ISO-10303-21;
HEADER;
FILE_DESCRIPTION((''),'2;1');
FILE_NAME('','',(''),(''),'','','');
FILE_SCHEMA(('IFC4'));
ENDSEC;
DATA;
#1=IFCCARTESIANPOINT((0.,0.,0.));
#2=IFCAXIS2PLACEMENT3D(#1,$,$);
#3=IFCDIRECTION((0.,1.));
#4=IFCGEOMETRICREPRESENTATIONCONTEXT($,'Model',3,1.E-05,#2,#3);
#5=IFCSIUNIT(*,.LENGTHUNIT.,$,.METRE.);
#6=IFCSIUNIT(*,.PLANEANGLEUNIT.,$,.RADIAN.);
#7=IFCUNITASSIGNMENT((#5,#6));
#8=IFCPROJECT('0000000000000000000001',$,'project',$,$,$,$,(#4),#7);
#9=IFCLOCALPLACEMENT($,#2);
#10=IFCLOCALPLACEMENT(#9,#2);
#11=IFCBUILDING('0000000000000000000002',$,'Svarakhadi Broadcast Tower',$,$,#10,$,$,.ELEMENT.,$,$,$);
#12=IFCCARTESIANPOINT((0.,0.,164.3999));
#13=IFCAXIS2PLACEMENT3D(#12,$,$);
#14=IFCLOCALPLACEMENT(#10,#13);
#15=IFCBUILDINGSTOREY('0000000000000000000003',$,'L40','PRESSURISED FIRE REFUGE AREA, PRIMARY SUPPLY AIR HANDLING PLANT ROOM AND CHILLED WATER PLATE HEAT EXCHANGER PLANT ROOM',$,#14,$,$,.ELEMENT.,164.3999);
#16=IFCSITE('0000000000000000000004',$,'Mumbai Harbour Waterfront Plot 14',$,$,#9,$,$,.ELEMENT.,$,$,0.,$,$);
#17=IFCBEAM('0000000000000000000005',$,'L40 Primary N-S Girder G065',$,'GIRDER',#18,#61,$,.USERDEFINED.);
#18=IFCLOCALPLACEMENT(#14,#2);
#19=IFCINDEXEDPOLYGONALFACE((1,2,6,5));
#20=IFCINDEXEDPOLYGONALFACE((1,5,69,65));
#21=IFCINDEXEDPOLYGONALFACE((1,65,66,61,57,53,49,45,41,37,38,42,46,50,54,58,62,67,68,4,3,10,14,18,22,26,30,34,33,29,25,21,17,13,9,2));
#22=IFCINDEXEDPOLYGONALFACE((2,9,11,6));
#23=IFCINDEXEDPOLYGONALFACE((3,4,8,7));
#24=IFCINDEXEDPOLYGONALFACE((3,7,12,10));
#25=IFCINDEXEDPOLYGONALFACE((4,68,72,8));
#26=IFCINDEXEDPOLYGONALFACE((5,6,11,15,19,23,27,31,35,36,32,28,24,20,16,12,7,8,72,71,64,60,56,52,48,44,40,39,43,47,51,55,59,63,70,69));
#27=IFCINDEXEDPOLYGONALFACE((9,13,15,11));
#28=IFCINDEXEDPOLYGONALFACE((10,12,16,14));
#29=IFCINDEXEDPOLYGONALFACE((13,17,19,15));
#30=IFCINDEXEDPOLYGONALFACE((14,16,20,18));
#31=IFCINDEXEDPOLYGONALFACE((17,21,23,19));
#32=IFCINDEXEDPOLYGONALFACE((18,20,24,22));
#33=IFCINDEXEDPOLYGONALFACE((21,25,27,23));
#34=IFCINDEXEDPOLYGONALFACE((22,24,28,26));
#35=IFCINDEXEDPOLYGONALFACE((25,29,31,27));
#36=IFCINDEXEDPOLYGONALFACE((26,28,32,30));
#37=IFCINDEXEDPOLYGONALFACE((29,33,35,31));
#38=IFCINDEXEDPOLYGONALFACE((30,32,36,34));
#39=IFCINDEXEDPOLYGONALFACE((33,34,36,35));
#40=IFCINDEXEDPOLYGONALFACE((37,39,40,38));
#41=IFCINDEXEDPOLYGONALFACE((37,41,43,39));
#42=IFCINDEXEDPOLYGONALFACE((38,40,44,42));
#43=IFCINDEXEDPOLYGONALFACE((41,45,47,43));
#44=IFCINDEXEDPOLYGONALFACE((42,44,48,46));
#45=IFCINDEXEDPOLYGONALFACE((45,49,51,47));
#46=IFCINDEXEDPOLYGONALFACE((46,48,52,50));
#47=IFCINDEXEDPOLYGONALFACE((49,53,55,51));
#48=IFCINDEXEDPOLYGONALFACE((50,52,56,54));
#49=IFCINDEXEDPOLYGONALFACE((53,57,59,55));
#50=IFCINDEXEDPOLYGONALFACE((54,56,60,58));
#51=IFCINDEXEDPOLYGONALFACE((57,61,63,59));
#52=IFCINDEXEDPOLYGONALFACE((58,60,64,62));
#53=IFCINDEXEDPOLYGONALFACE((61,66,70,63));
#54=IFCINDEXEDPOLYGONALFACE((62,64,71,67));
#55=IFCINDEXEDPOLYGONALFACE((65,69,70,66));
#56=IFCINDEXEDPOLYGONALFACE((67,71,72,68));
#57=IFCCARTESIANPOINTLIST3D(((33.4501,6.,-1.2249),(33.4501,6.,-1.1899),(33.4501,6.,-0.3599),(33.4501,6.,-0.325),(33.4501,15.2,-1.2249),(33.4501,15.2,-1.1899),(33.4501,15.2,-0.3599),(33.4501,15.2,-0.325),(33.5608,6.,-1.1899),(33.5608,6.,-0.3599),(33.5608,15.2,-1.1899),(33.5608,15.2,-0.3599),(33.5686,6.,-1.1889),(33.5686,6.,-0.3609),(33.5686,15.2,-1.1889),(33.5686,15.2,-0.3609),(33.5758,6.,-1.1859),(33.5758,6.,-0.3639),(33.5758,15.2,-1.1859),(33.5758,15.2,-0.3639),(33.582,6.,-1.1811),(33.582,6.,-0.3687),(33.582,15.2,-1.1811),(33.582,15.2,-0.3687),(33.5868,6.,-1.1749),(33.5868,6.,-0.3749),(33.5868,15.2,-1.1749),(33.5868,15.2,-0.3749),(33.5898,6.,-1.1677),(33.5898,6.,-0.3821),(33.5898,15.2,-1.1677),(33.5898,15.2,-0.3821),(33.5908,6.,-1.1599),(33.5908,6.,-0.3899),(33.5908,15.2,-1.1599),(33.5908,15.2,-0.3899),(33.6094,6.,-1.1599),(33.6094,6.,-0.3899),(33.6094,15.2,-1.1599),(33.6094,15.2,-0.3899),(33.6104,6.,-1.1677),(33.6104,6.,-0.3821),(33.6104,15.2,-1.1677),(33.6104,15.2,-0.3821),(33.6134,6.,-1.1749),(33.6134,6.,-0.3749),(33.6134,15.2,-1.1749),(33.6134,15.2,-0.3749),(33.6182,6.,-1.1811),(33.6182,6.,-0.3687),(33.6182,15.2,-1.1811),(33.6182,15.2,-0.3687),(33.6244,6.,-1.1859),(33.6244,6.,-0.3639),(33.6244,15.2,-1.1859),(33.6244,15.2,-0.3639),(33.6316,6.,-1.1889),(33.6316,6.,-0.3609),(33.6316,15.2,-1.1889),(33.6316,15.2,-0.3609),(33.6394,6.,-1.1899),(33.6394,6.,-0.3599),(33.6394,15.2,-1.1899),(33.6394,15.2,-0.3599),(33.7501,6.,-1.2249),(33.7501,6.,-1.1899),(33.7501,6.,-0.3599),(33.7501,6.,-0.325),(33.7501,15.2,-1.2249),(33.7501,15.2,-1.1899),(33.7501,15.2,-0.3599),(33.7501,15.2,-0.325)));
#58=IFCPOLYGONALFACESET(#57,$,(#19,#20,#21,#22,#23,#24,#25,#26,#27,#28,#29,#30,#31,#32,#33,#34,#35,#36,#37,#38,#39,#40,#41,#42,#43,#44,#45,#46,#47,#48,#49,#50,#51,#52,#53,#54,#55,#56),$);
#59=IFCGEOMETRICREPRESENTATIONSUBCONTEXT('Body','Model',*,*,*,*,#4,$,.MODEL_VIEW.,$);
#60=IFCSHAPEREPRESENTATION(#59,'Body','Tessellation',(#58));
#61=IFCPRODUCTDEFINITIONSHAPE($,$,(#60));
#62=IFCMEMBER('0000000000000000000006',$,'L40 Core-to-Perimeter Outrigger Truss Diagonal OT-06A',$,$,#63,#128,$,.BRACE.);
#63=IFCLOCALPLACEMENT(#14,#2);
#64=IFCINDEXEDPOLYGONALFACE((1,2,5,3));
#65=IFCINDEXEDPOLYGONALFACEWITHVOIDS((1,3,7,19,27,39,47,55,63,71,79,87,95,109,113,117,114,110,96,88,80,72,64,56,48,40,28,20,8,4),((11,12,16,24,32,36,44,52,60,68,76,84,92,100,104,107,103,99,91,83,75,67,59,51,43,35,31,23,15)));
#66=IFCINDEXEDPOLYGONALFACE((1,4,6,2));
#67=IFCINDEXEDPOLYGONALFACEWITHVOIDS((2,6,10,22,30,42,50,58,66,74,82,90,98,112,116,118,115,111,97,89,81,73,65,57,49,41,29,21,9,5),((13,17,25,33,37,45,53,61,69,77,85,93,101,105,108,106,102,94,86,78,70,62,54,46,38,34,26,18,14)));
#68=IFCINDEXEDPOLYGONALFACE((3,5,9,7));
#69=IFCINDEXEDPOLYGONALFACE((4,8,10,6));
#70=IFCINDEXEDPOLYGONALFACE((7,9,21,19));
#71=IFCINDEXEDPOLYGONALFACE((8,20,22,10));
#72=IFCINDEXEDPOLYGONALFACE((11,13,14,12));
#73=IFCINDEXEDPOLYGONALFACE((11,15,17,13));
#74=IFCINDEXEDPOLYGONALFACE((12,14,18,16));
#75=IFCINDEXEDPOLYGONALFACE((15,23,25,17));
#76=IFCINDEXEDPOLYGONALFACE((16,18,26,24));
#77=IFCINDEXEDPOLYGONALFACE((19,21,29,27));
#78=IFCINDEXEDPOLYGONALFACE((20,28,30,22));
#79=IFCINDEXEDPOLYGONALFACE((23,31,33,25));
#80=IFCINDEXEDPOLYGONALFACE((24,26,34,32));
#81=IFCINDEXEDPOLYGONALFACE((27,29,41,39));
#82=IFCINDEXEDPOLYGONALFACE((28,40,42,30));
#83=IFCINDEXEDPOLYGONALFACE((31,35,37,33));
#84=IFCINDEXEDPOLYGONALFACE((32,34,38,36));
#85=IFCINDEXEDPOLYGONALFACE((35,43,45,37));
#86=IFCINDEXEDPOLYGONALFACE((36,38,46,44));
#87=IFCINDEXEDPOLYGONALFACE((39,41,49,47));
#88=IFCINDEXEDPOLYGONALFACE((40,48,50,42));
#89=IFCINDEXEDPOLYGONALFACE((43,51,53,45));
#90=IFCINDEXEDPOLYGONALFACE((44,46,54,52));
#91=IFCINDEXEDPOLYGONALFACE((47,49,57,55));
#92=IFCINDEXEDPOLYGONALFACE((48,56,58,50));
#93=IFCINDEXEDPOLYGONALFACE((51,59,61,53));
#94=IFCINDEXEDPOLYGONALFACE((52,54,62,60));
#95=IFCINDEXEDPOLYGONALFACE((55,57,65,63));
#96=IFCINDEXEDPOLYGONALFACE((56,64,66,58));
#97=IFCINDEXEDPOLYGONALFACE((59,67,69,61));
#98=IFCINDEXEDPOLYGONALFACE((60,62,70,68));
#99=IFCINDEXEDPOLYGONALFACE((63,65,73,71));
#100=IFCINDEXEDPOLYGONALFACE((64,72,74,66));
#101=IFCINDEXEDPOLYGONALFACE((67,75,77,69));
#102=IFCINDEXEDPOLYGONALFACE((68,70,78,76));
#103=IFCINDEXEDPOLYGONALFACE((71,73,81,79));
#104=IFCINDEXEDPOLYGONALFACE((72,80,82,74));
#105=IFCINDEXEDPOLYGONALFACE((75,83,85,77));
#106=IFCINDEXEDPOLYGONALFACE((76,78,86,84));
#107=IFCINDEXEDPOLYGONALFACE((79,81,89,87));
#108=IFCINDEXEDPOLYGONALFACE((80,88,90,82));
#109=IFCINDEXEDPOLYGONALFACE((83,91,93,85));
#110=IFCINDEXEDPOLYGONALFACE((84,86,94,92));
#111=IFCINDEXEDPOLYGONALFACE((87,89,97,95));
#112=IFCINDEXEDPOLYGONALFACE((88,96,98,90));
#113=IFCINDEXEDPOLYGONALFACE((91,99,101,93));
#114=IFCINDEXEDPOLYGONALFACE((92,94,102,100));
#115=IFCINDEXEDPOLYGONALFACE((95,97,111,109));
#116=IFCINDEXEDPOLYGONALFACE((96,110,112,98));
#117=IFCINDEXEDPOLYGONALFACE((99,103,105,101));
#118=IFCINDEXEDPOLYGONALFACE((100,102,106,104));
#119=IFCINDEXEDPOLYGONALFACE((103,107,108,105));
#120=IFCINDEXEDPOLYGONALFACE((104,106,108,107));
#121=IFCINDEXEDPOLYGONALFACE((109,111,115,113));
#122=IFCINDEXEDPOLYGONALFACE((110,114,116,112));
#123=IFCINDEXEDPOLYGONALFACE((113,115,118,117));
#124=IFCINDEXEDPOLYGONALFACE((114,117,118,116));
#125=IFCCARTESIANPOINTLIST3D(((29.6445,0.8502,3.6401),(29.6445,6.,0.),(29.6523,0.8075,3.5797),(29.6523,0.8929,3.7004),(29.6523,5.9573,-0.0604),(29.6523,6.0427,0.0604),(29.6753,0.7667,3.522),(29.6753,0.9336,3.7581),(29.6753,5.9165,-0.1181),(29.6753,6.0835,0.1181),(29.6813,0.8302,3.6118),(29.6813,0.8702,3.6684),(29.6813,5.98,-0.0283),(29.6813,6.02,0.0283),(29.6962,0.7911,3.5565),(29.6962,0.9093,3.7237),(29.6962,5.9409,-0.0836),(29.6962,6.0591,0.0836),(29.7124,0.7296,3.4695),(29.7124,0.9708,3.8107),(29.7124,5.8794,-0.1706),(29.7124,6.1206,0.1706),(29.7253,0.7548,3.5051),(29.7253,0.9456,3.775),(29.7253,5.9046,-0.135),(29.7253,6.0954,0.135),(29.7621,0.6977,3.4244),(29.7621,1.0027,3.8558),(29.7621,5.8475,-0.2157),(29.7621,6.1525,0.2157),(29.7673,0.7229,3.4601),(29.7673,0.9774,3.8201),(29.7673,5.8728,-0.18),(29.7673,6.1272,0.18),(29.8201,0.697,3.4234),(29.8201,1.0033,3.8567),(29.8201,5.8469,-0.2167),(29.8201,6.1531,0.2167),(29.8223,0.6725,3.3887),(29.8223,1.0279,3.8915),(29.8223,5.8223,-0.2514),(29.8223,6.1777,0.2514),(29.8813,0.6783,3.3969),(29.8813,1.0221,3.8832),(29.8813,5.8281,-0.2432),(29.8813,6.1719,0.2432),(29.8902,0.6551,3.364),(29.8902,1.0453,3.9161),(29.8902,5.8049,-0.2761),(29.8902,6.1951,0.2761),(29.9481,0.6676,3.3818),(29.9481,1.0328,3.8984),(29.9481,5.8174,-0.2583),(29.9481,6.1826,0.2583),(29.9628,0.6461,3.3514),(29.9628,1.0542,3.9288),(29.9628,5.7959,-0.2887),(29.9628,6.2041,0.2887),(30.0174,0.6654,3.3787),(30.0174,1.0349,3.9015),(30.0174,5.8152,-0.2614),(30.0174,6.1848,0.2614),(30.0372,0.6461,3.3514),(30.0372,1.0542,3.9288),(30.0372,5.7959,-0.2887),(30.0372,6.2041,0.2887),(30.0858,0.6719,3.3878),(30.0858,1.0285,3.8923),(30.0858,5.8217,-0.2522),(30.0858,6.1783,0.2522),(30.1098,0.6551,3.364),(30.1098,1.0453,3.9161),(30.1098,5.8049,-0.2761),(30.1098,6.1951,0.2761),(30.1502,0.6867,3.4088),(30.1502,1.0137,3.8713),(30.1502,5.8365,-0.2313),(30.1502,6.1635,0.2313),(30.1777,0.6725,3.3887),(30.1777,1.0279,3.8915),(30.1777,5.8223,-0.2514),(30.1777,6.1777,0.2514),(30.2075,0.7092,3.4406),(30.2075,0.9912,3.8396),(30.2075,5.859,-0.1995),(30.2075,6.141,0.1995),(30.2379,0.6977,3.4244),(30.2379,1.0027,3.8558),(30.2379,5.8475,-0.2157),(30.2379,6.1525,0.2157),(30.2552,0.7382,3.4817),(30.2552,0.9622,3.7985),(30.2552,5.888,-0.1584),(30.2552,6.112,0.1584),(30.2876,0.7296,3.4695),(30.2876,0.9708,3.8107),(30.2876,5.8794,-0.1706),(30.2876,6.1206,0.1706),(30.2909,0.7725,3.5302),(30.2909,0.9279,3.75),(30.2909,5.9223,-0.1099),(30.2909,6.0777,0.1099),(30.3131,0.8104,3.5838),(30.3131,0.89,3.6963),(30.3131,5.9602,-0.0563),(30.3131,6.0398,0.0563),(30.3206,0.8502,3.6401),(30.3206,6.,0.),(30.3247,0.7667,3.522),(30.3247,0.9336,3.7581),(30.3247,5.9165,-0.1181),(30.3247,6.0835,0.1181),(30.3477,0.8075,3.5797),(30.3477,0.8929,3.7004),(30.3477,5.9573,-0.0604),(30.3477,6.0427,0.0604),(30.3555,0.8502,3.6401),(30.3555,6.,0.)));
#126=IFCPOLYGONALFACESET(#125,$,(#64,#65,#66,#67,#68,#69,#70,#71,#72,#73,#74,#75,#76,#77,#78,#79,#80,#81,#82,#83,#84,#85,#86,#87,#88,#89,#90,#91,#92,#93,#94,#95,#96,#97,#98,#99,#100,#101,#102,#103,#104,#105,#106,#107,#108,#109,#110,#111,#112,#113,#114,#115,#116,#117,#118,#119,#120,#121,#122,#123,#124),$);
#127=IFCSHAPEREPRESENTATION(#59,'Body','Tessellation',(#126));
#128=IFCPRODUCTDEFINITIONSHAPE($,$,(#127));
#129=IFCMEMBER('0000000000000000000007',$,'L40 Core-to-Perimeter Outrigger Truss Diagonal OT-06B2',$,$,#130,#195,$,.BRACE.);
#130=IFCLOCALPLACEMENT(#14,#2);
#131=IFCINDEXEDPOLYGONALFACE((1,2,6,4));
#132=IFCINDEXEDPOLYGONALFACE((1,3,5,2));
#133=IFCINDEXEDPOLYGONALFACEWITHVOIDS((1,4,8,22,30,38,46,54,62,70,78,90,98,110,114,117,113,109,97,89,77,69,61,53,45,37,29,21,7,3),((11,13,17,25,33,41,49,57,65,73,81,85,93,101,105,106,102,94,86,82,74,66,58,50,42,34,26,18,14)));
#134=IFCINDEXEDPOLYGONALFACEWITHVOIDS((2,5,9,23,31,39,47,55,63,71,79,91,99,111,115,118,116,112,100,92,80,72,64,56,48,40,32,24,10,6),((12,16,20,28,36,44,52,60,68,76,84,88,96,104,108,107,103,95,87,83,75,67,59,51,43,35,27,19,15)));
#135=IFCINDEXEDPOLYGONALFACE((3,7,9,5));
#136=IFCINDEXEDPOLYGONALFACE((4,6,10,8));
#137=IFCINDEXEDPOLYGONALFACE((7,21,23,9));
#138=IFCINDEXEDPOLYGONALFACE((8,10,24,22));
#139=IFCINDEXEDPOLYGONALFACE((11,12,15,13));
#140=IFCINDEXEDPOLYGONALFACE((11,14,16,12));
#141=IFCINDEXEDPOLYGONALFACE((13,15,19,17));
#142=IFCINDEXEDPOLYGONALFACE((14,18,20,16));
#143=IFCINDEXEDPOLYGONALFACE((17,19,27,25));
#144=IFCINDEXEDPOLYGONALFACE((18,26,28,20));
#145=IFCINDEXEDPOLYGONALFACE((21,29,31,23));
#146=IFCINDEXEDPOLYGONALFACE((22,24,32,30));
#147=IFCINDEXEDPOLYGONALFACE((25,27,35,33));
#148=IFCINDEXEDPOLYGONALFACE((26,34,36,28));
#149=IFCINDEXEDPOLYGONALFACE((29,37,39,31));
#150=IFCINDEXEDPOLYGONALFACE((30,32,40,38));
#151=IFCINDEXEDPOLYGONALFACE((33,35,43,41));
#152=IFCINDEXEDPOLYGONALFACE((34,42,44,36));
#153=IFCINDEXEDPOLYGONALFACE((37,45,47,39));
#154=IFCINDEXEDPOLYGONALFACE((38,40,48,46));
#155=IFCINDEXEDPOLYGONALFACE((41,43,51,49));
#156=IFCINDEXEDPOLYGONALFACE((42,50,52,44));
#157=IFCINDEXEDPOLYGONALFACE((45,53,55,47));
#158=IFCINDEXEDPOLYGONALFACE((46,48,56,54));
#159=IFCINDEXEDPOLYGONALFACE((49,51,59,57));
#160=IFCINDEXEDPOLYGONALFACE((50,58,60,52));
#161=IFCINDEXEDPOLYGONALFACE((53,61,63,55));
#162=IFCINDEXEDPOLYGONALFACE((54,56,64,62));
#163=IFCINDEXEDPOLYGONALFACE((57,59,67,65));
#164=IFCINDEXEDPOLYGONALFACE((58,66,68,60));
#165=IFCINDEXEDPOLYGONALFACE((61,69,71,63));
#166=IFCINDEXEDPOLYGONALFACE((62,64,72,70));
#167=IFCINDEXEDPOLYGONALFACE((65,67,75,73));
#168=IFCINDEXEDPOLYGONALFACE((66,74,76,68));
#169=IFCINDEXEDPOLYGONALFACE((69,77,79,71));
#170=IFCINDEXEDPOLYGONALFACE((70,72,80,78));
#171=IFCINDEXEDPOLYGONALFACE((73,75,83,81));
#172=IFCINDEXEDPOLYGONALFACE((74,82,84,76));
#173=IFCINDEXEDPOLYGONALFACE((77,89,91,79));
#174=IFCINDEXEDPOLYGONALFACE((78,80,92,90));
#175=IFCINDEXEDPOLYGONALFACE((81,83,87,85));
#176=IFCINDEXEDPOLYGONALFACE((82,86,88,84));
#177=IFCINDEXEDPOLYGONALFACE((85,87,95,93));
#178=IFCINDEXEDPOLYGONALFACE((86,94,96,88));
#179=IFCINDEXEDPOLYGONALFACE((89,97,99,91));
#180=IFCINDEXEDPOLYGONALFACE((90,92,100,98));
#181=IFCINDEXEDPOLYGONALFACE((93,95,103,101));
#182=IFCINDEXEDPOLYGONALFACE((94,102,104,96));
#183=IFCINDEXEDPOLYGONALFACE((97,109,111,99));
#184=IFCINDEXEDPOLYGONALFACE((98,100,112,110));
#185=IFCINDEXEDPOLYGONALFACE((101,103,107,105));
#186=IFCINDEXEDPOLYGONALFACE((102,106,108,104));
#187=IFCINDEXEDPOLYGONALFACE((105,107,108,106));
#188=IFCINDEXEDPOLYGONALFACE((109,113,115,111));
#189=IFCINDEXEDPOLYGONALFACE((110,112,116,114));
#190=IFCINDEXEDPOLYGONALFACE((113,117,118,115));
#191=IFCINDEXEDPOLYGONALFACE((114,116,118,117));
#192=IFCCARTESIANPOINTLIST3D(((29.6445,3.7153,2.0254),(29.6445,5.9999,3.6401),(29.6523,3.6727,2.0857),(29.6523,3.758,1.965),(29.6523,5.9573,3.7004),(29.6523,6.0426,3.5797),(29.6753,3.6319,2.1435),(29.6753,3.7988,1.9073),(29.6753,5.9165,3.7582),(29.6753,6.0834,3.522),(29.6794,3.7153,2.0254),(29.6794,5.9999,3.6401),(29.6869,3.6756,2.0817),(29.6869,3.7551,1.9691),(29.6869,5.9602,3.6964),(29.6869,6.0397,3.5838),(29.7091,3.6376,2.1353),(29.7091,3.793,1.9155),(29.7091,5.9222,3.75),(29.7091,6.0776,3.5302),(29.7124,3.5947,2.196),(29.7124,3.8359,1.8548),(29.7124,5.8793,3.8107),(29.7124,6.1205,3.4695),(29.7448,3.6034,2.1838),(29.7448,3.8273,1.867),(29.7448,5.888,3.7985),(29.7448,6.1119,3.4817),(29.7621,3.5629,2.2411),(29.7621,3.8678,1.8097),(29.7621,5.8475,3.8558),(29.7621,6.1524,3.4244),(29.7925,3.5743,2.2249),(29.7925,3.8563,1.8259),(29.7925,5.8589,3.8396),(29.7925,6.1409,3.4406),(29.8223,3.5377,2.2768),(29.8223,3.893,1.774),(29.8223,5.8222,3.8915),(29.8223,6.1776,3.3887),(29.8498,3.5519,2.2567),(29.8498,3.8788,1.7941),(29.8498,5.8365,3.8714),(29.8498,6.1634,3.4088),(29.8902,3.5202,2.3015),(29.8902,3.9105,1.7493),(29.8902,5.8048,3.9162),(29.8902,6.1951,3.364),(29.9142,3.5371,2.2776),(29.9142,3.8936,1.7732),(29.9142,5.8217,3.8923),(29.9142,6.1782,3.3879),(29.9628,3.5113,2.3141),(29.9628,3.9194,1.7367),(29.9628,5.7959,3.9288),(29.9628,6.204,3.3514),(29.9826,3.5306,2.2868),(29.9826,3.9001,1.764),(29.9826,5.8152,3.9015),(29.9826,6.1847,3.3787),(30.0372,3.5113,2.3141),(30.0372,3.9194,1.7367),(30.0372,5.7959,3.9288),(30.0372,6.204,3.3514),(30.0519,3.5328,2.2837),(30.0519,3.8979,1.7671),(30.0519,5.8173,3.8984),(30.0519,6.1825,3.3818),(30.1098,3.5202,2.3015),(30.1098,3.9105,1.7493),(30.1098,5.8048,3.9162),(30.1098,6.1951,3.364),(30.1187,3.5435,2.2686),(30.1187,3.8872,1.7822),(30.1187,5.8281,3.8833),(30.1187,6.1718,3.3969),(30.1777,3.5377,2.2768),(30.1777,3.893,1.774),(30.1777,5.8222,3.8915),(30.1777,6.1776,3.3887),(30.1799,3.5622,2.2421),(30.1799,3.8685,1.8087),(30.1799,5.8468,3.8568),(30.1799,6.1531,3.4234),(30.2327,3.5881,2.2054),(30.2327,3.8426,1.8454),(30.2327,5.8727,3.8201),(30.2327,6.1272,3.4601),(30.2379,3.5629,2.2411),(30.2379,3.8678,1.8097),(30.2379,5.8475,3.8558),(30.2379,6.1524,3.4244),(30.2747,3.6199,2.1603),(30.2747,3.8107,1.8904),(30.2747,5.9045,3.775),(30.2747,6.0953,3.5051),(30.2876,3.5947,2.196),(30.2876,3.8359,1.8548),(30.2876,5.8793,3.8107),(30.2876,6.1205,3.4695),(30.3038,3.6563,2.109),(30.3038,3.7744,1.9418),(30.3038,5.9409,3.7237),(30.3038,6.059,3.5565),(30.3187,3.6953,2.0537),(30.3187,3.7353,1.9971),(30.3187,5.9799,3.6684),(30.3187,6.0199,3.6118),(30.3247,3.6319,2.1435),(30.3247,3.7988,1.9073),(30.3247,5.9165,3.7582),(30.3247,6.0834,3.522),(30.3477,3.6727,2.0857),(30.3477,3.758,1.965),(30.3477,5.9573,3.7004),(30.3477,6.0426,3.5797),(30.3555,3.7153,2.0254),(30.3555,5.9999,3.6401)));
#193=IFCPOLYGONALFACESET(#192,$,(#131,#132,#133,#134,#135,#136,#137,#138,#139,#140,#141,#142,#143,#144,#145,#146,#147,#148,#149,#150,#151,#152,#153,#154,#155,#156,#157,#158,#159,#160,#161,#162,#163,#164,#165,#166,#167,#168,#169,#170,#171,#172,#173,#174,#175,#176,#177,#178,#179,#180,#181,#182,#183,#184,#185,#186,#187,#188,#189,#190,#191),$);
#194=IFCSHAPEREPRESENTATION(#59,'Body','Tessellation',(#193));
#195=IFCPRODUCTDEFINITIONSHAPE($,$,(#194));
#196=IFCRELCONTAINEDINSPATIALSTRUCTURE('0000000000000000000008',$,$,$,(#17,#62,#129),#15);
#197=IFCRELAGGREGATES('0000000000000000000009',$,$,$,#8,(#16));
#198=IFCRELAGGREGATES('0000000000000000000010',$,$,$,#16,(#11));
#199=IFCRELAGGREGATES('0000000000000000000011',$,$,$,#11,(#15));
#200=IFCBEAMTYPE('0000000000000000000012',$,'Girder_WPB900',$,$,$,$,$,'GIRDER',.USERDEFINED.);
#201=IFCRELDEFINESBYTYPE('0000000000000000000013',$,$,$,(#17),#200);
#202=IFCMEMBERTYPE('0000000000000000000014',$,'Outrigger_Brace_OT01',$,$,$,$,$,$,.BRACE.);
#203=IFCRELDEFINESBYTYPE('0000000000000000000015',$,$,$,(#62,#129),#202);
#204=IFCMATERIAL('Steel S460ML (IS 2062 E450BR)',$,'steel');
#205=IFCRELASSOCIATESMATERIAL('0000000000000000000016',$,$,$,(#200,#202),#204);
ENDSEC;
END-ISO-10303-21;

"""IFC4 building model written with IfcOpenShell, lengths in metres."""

from ifc_helpers import new_model, si_unit, direction, frame, origin, origin_2d, place, context, subcontext, project, spatial, hollow_circle, i_section, extrude, material, material_profile, profile_set, type_object, element, save


model = new_model("IFC4")

# Units and contexts
model_context = context("Model", 3, precision=1e-05, world=origin(), true_north=direction((0.0, 1.0)))
body_context = subcontext(model_context, "Body", "Model", "MODEL_VIEW")
ifc_project = project(units=[si_unit("LENGTHUNIT", "METRE"), si_unit("PLANEANGLEUNIT", "RADIAN")], contexts=[model_context])

# Site, building, storey
site_placement = place(None, origin())
site = spatial("IfcSite", under=ifc_project, at=site_placement, Name="Mumbai Harbour Waterfront Plot 14", CompositionType="ELEMENT", RefElevation=0.0)
building_placement = place(site_placement, origin())
building = spatial("IfcBuilding", under=site, at=building_placement, Name="Svarakhadi Broadcast Tower", CompositionType="ELEMENT")
storey_placement = place(building_placement, frame((0.0, 0.0, 164.3999)))
storey = spatial("IfcBuildingStorey", under=building, at=storey_placement, Name="L40", Description="PRESSURISED FIRE REFUGE AREA, PRIMARY SUPPLY AIR HANDLING PLANT ROOM AND CHILLED WATER PLATE HEAT EXCHANGER PLANT ROOM", CompositionType="ELEMENT", Elevation=164.3999)

# Shared definitions
ifc_material_1 = material(Name="Steel S460ML (IS 2062 E450BR)", Category="steel")

# Beam
ifc_material_profile_1 = material_profile(ifc_material_1, i_section(OverallWidth=0.3, OverallDepth=0.8999, WebThickness=0.0186, FlangeThickness=0.0349, FilletRadius=0.03, at=origin_2d()), Name="WPB 900x300x291")
ifc_profile_set_1 = profile_set([ifc_material_profile_1], Name="Steel S460ML (IS 2062 E450BR)")
beam_type_1 = type_object("IfcBeamType", Name="Girder_WPB900", ElementType="GIRDER", PredefinedType="USERDEFINED", material=ifc_profile_set_1)
beam_1_placement = place(storey_placement, frame((33.6001, 6.0, -0.7749), z_axis=(0.0, 1.0, 0.0), x_axis=(-1.0, 0.0, 0.0)))
element("IfcBeam", 1, at=beam_1_placement, inside=storey, type_object=beam_type_1, Name="L40 Primary N-S Girder G065", ObjectType="GIRDER", PredefinedType="USERDEFINED", context=body_context, shape_type="SweptSolid", body=[
    extrude(i_section(OverallWidth=0.3, OverallDepth=0.8999, WebThickness=0.0186, FlangeThickness=0.0349, FilletRadius=0.03, at=origin_2d()), origin(), (0.0, 0.0, 1.0), 9.2),
])

# Members
ifc_material_profile_2 = material_profile(ifc_material_1, hollow_circle(Radius=0.3555, WallThickness=0.0349, at=origin_2d()), Name="CHS 711x35")
ifc_profile_set_2 = profile_set([ifc_material_profile_2], Name="Steel S460ML (IS 2062 E450BR)")
member_type_1 = type_object("IfcMemberType", Name="Outrigger_Brace_OT01", PredefinedType="BRACE", material=ifc_profile_set_2)
member_1_placement = place(storey_placement, frame((30.0, 6.0, 0.0), z_axis=(0.0, -0.816601, 0.577203), x_axis=(1.0, 0.0, 0.0)))
element("IfcMember", 2, at=member_1_placement, inside=storey, type_object=member_type_1, Name="L40 Core-to-Perimeter Outrigger Truss Diagonal OT-06A", PredefinedType="BRACE", context=body_context, shape_type="SweptSolid", body=[
    extrude(hollow_circle(Radius=0.3555, WallThickness=0.0349, at=origin_2d()), origin(), (0.0, 0.0, 1.0), 6.3064),
])
member_2_placement = place(storey_placement, frame((30.0, 3.7153, 2.0254), z_axis=(0.0, 0.816624, 0.57717), x_axis=(-1.0, 0.0, 0.0)))
element("IfcMember", 3, at=member_2_placement, inside=storey, type_object=member_type_1, Name="L40 Core-to-Perimeter Outrigger Truss Diagonal OT-06B2", PredefinedType="BRACE", context=body_context, shape_type="SweptSolid", body=[
    extrude(hollow_circle(Radius=0.3555, WallThickness=0.0349, at=origin_2d()), origin(), (0.0, 0.0, 1.0), 2.7976),
])

save(model, "model.ifc")
